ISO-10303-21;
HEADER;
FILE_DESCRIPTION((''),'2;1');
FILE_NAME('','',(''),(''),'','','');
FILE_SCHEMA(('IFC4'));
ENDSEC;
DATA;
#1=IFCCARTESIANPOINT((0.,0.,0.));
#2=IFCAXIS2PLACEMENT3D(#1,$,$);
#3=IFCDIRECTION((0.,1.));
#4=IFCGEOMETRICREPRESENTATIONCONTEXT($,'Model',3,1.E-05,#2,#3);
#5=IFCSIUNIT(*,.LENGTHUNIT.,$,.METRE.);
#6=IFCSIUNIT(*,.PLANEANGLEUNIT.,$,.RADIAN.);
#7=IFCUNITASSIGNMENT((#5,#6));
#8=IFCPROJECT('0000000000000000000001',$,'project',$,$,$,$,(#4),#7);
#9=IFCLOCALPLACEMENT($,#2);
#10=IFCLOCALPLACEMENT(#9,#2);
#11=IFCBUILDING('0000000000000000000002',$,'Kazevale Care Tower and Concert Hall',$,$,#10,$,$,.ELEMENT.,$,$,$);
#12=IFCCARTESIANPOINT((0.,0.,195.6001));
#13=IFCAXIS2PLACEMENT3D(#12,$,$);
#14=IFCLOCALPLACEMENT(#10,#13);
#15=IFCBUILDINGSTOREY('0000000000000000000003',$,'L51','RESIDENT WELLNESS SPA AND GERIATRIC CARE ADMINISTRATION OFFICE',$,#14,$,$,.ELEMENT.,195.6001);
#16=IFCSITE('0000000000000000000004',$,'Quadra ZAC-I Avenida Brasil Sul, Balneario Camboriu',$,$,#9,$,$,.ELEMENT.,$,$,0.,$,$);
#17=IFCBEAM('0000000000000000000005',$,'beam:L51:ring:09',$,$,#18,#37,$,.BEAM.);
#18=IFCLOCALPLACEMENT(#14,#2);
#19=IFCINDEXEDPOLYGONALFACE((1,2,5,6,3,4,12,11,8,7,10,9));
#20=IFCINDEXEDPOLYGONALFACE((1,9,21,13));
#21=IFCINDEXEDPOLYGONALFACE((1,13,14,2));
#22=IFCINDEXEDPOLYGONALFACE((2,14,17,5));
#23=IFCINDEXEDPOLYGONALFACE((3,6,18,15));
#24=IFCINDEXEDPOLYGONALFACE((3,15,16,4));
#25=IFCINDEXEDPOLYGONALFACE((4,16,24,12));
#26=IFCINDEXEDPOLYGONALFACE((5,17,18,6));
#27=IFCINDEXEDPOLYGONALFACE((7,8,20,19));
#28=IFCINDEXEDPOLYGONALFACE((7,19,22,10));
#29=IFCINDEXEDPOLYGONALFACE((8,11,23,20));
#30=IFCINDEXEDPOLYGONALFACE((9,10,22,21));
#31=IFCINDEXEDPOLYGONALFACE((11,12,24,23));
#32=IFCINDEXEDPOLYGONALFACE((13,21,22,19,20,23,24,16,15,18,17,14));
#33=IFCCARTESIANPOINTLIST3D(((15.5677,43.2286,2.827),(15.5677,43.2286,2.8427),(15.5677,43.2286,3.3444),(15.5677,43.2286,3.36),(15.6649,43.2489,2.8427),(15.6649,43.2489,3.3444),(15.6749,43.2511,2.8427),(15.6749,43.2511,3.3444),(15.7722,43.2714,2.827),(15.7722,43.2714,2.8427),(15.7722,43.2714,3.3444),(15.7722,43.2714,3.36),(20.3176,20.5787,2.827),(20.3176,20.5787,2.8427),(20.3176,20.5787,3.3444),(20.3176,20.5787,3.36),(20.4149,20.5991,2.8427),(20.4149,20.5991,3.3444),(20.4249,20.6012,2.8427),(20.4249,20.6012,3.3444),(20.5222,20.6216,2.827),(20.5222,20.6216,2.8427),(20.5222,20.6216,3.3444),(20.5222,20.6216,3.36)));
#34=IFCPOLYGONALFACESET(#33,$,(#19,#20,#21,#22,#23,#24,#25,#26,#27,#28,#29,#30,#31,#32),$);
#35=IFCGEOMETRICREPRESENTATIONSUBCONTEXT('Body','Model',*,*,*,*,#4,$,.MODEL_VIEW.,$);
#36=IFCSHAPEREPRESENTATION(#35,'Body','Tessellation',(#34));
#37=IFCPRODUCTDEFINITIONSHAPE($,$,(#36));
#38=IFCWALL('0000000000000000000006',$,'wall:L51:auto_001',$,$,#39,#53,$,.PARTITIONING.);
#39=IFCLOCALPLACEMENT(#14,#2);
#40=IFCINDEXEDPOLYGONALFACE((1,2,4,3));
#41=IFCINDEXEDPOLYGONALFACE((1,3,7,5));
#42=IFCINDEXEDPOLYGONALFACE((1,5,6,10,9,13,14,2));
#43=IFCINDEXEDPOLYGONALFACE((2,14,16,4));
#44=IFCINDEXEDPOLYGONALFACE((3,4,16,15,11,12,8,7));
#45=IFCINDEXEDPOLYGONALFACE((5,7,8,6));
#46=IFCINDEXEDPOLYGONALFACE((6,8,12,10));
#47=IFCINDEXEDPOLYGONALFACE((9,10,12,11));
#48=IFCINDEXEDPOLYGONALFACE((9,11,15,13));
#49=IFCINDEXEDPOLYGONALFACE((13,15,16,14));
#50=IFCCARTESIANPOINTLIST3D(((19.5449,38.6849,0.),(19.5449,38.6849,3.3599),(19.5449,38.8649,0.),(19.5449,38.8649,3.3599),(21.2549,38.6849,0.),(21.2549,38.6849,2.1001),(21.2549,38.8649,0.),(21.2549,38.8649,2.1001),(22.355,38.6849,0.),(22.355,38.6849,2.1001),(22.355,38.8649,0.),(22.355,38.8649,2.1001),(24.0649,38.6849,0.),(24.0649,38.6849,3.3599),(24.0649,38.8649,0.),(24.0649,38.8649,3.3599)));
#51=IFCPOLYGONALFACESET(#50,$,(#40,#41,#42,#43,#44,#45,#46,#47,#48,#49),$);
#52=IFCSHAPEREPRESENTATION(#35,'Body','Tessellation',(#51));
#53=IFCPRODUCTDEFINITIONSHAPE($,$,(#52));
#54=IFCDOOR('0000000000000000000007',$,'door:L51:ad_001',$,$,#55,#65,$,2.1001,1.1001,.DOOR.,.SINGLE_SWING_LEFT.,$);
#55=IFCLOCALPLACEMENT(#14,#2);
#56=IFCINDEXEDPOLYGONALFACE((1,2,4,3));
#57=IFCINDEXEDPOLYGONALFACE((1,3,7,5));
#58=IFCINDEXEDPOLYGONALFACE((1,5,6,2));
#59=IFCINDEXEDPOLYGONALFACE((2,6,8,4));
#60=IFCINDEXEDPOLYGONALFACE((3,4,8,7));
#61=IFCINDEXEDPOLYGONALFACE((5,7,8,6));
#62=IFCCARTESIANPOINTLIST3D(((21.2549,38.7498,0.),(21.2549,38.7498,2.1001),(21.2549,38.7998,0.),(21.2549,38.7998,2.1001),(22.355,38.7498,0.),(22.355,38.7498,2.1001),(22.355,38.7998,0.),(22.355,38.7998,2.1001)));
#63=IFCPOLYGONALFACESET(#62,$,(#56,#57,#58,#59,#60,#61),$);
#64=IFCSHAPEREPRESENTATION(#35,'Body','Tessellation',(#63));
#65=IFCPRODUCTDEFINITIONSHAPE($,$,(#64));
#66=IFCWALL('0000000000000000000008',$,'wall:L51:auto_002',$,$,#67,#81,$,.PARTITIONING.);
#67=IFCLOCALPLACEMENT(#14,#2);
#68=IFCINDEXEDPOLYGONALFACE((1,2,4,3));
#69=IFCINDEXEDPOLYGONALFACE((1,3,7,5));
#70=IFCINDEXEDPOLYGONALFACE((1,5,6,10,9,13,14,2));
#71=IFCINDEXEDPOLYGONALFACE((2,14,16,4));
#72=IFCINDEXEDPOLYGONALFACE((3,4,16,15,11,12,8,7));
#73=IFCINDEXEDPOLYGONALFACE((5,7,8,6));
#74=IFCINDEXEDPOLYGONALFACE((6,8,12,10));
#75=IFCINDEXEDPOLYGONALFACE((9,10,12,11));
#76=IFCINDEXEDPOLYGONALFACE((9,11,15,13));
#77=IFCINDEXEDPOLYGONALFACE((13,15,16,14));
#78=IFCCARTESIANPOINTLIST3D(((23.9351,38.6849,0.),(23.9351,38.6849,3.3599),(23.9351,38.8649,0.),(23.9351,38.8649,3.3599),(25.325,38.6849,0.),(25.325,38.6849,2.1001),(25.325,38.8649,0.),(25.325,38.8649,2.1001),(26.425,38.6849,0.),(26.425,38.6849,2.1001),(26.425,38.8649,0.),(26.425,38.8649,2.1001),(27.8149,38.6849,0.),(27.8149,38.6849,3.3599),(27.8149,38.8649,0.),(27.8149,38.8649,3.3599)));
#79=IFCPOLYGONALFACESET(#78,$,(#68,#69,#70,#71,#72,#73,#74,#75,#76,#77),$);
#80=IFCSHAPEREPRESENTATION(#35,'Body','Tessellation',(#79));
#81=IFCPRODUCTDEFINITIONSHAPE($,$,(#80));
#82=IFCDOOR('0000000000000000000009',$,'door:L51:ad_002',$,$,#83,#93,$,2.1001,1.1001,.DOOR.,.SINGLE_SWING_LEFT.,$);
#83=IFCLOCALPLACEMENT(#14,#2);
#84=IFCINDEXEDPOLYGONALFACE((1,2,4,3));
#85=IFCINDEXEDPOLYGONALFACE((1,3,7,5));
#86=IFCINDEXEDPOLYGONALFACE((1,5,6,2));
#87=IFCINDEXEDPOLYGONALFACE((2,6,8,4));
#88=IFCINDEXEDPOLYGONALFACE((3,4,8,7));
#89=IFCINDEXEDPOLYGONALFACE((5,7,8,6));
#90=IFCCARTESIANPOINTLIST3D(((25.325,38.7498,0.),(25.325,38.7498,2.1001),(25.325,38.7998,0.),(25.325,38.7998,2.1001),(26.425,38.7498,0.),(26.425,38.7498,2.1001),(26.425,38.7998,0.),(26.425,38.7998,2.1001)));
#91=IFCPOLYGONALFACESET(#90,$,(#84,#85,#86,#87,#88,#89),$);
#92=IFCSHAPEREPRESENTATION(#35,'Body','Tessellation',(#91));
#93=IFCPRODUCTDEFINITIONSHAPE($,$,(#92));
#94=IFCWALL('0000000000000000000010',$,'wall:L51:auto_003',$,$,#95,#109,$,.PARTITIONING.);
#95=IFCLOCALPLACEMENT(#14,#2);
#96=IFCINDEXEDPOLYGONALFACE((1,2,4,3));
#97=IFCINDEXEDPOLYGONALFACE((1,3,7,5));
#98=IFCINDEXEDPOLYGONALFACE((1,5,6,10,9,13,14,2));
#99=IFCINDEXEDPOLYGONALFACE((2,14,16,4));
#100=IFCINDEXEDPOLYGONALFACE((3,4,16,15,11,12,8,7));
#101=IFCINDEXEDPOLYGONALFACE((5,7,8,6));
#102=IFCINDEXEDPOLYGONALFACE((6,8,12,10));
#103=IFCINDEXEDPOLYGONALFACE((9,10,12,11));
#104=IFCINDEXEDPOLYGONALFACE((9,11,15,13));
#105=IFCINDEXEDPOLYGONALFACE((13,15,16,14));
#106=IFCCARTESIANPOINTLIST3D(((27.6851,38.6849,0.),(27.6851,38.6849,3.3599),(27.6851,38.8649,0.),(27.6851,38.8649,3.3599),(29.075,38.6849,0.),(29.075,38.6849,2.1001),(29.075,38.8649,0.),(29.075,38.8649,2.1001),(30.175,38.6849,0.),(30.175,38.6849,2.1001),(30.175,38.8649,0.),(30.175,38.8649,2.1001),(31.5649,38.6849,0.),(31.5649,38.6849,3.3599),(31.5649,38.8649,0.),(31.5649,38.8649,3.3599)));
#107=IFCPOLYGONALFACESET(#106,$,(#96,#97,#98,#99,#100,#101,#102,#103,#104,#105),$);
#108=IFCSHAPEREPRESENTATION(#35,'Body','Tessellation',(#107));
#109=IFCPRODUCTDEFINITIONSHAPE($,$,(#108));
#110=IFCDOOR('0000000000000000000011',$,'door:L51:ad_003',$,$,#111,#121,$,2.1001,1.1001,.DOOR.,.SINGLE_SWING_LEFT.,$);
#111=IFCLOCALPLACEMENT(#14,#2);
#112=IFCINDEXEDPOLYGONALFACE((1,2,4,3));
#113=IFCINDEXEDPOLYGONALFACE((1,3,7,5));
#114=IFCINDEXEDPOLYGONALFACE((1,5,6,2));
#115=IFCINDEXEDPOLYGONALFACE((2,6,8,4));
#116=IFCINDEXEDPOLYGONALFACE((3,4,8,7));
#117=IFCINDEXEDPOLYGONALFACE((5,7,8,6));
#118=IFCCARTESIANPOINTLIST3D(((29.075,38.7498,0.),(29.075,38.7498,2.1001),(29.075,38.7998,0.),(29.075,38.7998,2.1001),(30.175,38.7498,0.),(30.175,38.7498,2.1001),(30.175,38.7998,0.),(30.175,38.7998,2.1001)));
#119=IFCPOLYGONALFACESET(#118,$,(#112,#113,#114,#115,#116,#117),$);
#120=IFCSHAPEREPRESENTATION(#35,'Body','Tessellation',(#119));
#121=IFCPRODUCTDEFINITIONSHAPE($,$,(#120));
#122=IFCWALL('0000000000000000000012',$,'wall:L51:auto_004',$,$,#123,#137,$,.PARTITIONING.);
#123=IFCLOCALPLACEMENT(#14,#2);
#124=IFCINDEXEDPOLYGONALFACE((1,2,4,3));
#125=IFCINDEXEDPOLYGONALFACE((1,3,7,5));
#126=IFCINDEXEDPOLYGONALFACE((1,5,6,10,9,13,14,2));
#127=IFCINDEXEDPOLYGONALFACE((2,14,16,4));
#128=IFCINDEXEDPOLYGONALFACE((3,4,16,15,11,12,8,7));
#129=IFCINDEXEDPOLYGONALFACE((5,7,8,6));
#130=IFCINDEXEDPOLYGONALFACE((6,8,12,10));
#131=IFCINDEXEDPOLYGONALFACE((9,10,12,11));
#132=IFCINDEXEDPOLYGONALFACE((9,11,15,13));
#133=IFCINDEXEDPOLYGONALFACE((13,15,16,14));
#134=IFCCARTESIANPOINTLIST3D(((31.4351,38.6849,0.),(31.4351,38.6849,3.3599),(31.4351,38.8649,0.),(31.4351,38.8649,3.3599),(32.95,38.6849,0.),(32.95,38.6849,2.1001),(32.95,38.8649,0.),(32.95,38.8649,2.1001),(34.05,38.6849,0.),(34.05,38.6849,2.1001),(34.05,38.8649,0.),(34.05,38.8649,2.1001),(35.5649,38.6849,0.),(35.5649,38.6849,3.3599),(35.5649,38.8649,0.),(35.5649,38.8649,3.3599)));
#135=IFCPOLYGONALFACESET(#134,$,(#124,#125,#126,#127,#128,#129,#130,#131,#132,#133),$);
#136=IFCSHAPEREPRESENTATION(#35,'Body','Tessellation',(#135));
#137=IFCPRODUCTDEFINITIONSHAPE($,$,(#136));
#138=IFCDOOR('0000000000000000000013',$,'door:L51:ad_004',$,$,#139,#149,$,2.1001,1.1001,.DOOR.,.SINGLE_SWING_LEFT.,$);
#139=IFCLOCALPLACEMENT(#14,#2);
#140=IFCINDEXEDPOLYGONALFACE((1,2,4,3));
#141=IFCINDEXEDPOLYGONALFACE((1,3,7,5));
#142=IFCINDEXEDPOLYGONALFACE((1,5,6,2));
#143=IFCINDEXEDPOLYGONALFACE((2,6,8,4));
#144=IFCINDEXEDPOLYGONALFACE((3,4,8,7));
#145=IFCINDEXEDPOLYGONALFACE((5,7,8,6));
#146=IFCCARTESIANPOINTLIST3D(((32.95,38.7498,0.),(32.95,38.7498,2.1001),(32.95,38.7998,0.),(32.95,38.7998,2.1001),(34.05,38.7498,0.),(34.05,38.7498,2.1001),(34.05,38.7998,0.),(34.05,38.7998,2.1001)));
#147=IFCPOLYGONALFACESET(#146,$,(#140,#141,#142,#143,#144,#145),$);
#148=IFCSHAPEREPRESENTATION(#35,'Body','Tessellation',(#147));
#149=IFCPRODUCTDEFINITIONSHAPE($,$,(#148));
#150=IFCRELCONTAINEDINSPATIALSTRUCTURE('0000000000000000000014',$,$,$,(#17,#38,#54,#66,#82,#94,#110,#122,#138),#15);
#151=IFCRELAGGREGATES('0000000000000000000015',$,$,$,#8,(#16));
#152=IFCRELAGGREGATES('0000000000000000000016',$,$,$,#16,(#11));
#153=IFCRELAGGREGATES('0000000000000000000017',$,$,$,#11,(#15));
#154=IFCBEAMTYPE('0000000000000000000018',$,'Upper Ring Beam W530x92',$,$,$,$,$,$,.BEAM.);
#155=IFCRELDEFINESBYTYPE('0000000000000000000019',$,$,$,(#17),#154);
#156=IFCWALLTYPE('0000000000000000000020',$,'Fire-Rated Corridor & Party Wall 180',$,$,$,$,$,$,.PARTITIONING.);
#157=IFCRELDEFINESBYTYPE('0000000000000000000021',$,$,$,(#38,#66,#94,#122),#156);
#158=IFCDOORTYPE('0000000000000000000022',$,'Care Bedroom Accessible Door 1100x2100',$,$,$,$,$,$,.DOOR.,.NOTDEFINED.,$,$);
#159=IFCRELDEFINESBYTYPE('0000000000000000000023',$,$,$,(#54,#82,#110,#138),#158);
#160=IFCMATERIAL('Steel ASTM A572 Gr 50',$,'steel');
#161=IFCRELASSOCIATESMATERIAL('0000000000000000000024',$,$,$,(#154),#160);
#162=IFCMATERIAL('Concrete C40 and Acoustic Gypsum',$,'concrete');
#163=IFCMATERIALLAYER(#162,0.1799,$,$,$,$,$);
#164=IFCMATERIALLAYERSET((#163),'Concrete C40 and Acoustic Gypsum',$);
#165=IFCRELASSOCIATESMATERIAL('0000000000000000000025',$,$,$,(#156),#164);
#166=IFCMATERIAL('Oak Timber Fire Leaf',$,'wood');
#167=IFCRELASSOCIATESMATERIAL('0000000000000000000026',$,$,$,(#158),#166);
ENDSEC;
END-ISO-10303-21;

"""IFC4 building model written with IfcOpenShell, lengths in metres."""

from ifc_helpers import new_model, si_unit, direction, frame, frame_2d, origin, origin_2d, place, context, subcontext, project, spatial, rectangle, i_section, extrude, material, layer, layer_set, material_profile, profile_set, type_object, element, fill, save


model = new_model("IFC4")

# Units and contexts
model_context = context("Model", 3, precision=1e-05, world=origin(), true_north=direction((0.0, 1.0)))
body_context = subcontext(model_context, "Body", "Model", "MODEL_VIEW")
ifc_project = project(units=[si_unit("LENGTHUNIT", "METRE"), si_unit("PLANEANGLEUNIT", "RADIAN")], contexts=[model_context])

# Site, building, storey
site_placement = place(None, origin())
site = spatial("IfcSite", under=ifc_project, at=site_placement, Name="Quadra ZAC-I Avenida Brasil Sul, Balneario Camboriu", CompositionType="ELEMENT", RefElevation=0.0)
building_placement = place(site_placement, origin())
building = spatial("IfcBuilding", under=site, at=building_placement, Name="Kazevale Care Tower and Concert Hall", CompositionType="ELEMENT")
storey_placement = place(building_placement, frame((0.0, 0.0, 195.6001)))
storey = spatial("IfcBuildingStorey", under=building, at=storey_placement, Name="L51", Description="RESIDENT WELLNESS SPA AND GERIATRIC CARE ADMINISTRATION OFFICE", CompositionType="ELEMENT", Elevation=195.6001)

# Beam
ifc_material_1 = material(Name="Steel ASTM A572 Gr 50", Category="steel")
ifc_material_profile_1 = material_profile(ifc_material_1, i_section(OverallWidth=0.209, OverallDepth=0.533, WebThickness=0.0103, FlangeThickness=0.0156, at=origin_2d()), Name="W530x92")
ifc_profile_set_1 = profile_set([ifc_material_profile_1], Name="Steel ASTM A572 Gr 50")
beam_type_1 = type_object("IfcBeamType", Name="Upper Ring Beam W530x92", PredefinedType="BEAM", material=ifc_profile_set_1)
beam_1_placement = place(storey_placement, frame((15.6699, 43.25, 3.0935), z_axis=(0.205249, -0.97871, 0.0), x_axis=(0.97871, 0.205249, 0.0)))
element("IfcBeam", 1, at=beam_1_placement, inside=storey, type_object=beam_type_1, Name="beam:L51:ring:09", PredefinedType="BEAM", context=body_context, shape_type="SweptSolid", body=[
    extrude(i_section(OverallWidth=0.209, OverallDepth=0.533, WebThickness=0.0103, FlangeThickness=0.0156, at=origin_2d()), origin(), (0.0, 0.0, 1.0), 23.1426),
])

# Walls, openings, doors
ifc_material_2 = material(Name="Concrete C40 and Acoustic Gypsum", Category="concrete")
ifc_layer_1 = layer(ifc_material_2, 0.1799)
ifc_layer_set_1 = layer_set([ifc_layer_1], Name="Concrete C40 and Acoustic Gypsum")
wall_type = type_object("IfcWallType", Name="Fire-Rated Corridor & Party Wall 180", PredefinedType="PARTITIONING", material=ifc_layer_set_1)
wall_1_placement = place(storey_placement, frame((19.5449, 38.7749, 0.0), z_axis=(0.0, 0.0, 1.0), x_axis=(1.0, 0.0, 0.0)))
wall_1 = element("IfcWall", 2, at=wall_1_placement, inside=storey, type_object=wall_type, Name="wall:L51:auto_001", PredefinedType="PARTITIONING", context=body_context, shape_type="SweptSolid", body=[
    extrude(rectangle(XDim=4.52, YDim=0.1799, at=frame_2d((2.26, 0.0))), origin(), (0.0, 0.0, 1.0), 3.3599),
])
opening_1_placement = place(wall_1_placement, frame((1.71, 0.0, 0.0)))
opening_1 = element("IfcOpeningElement", 3, at=opening_1_placement, cuts=wall_1, PredefinedType="OPENING", context=body_context, shape_type="SweptSolid", body=[
    extrude(rectangle(XDim=1.1001, YDim=2.1001, at=frame_2d((0.55, 1.05))), frame((0.0, 0.0999, 0.0), z_axis=(0.0, -1.0, 0.0), x_axis=(1.0, 0.0, 0.0)), (0.0, 0.0, 1.0), 0.2),
])
ifc_material_3 = material(Name="Oak Timber Fire Leaf", Category="wood")
door_type = type_object("IfcDoorType", Name="Care Bedroom Accessible Door 1100x2100", OperationType="NOTDEFINED", PredefinedType="DOOR", material=ifc_material_3)
door_1_placement = place(opening_1_placement, origin())
door_1 = element("IfcDoor", 4, at=door_1_placement, inside=storey, type_object=door_type, Name="door:L51:ad_001", OperationType="SINGLE_SWING_LEFT", OverallHeight=2.1001, OverallWidth=1.1001, PredefinedType="DOOR", context=body_context, shape_type="SweptSolid", body=[
    extrude(rectangle(XDim=1.1001, YDim=2.1001, at=frame_2d((0.55, 1.05))), frame((0.0, 0.0249, 0.0), z_axis=(0.0, -1.0, 0.0), x_axis=(1.0, 0.0, 0.0)), (0.0, 0.0, 1.0), 0.05),
])
fill(opening_1, door_1)
wall_2_placement = place(storey_placement, frame((23.9351, 38.7749, 0.0), z_axis=(0.0, 0.0, 1.0), x_axis=(1.0, 0.0, 0.0)))
wall_2 = element("IfcWall", 5, at=wall_2_placement, inside=storey, type_object=wall_type, Name="wall:L51:auto_002", PredefinedType="PARTITIONING", context=body_context, shape_type="SweptSolid", body=[
    extrude(rectangle(XDim=3.8799, YDim=0.1799, at=frame_2d((1.9399, 0.0))), origin(), (0.0, 0.0, 1.0), 3.3599),
])
opening_2_placement = place(wall_2_placement, frame((1.3899, 0.0, 0.0)))
opening_2 = element("IfcOpeningElement", 6, at=opening_2_placement, cuts=wall_2, PredefinedType="OPENING", context=body_context, shape_type="SweptSolid", body=[
    extrude(rectangle(XDim=1.1001, YDim=2.1001, at=frame_2d((0.55, 1.05))), frame((0.0, 0.0999, 0.0), z_axis=(0.0, -1.0, 0.0), x_axis=(1.0, 0.0, 0.0)), (0.0, 0.0, 1.0), 0.2),
])
door_2_placement = place(opening_2_placement, origin())
door_2 = element("IfcDoor", 7, at=door_2_placement, inside=storey, type_object=door_type, Name="door:L51:ad_002", OperationType="SINGLE_SWING_LEFT", OverallHeight=2.1001, OverallWidth=1.1001, PredefinedType="DOOR", context=body_context, shape_type="SweptSolid", body=[
    extrude(rectangle(XDim=1.1001, YDim=2.1001, at=frame_2d((0.55, 1.05))), frame((0.0, 0.0249, 0.0), z_axis=(0.0, -1.0, 0.0), x_axis=(1.0, 0.0, 0.0)), (0.0, 0.0, 1.0), 0.05),
])
fill(opening_2, door_2)
wall_3_placement = place(storey_placement, frame((27.6851, 38.7749, 0.0), z_axis=(0.0, 0.0, 1.0), x_axis=(1.0, 0.0, 0.0)))
wall_3 = element("IfcWall", 8, at=wall_3_placement, inside=storey, type_object=wall_type, Name="wall:L51:auto_003", PredefinedType="PARTITIONING", context=body_context, shape_type="SweptSolid", body=[
    extrude(rectangle(XDim=3.8799, YDim=0.1799, at=frame_2d((1.9399, 0.0))), origin(), (0.0, 0.0, 1.0), 3.3599),
])
opening_3_placement = place(wall_3_placement, frame((1.3899, 0.0, 0.0)))
opening_3 = element("IfcOpeningElement", 9, at=opening_3_placement, cuts=wall_3, PredefinedType="OPENING", context=body_context, shape_type="SweptSolid", body=[
    extrude(rectangle(XDim=1.1001, YDim=2.1001, at=frame_2d((0.55, 1.05))), frame((0.0, 0.0999, 0.0), z_axis=(0.0, -1.0, 0.0), x_axis=(1.0, 0.0, 0.0)), (0.0, 0.0, 1.0), 0.2),
])
door_3_placement = place(opening_3_placement, origin())
door_3 = element("IfcDoor", 10, at=door_3_placement, inside=storey, type_object=door_type, Name="door:L51:ad_003", OperationType="SINGLE_SWING_LEFT", OverallHeight=2.1001, OverallWidth=1.1001, PredefinedType="DOOR", context=body_context, shape_type="SweptSolid", body=[
    extrude(rectangle(XDim=1.1001, YDim=2.1001, at=frame_2d((0.55, 1.05))), frame((0.0, 0.0249, 0.0), z_axis=(0.0, -1.0, 0.0), x_axis=(1.0, 0.0, 0.0)), (0.0, 0.0, 1.0), 0.05),
])
fill(opening_3, door_3)
wall_4_placement = place(storey_placement, frame((31.4351, 38.7749, 0.0), z_axis=(0.0, 0.0, 1.0), x_axis=(1.0, 0.0, 0.0)))
wall_4 = element("IfcWall", 11, at=wall_4_placement, inside=storey, type_object=wall_type, Name="wall:L51:auto_004", PredefinedType="PARTITIONING", context=body_context, shape_type="SweptSolid", body=[
    extrude(rectangle(XDim=4.1299, YDim=0.1799, at=frame_2d((2.0649, 0.0))), origin(), (0.0, 0.0, 1.0), 3.3599),
])
opening_4_placement = place(wall_4_placement, frame((1.5149, 0.0, 0.0)))
opening_4 = element("IfcOpeningElement", 12, at=opening_4_placement, cuts=wall_4, PredefinedType="OPENING", context=body_context, shape_type="SweptSolid", body=[
    extrude(rectangle(XDim=1.1001, YDim=2.1001, at=frame_2d((0.55, 1.05))), frame((0.0, 0.0999, 0.0), z_axis=(0.0, -1.0, 0.0), x_axis=(1.0, 0.0, 0.0)), (0.0, 0.0, 1.0), 0.2),
])
door_4_placement = place(opening_4_placement, origin())
door_4 = element("IfcDoor", 13, at=door_4_placement, inside=storey, type_object=door_type, Name="door:L51:ad_004", OperationType="SINGLE_SWING_LEFT", OverallHeight=2.1001, OverallWidth=1.1001, PredefinedType="DOOR", context=body_context, shape_type="SweptSolid", body=[
    extrude(rectangle(XDim=1.1001, YDim=2.1001, at=frame_2d((0.55, 1.05))), frame((0.0, 0.0249, 0.0), z_axis=(0.0, -1.0, 0.0), x_axis=(1.0, 0.0, 0.0)), (0.0, 0.0, 1.0), 0.05),
])
fill(opening_4, door_4)

save(model, "model.ifc")
